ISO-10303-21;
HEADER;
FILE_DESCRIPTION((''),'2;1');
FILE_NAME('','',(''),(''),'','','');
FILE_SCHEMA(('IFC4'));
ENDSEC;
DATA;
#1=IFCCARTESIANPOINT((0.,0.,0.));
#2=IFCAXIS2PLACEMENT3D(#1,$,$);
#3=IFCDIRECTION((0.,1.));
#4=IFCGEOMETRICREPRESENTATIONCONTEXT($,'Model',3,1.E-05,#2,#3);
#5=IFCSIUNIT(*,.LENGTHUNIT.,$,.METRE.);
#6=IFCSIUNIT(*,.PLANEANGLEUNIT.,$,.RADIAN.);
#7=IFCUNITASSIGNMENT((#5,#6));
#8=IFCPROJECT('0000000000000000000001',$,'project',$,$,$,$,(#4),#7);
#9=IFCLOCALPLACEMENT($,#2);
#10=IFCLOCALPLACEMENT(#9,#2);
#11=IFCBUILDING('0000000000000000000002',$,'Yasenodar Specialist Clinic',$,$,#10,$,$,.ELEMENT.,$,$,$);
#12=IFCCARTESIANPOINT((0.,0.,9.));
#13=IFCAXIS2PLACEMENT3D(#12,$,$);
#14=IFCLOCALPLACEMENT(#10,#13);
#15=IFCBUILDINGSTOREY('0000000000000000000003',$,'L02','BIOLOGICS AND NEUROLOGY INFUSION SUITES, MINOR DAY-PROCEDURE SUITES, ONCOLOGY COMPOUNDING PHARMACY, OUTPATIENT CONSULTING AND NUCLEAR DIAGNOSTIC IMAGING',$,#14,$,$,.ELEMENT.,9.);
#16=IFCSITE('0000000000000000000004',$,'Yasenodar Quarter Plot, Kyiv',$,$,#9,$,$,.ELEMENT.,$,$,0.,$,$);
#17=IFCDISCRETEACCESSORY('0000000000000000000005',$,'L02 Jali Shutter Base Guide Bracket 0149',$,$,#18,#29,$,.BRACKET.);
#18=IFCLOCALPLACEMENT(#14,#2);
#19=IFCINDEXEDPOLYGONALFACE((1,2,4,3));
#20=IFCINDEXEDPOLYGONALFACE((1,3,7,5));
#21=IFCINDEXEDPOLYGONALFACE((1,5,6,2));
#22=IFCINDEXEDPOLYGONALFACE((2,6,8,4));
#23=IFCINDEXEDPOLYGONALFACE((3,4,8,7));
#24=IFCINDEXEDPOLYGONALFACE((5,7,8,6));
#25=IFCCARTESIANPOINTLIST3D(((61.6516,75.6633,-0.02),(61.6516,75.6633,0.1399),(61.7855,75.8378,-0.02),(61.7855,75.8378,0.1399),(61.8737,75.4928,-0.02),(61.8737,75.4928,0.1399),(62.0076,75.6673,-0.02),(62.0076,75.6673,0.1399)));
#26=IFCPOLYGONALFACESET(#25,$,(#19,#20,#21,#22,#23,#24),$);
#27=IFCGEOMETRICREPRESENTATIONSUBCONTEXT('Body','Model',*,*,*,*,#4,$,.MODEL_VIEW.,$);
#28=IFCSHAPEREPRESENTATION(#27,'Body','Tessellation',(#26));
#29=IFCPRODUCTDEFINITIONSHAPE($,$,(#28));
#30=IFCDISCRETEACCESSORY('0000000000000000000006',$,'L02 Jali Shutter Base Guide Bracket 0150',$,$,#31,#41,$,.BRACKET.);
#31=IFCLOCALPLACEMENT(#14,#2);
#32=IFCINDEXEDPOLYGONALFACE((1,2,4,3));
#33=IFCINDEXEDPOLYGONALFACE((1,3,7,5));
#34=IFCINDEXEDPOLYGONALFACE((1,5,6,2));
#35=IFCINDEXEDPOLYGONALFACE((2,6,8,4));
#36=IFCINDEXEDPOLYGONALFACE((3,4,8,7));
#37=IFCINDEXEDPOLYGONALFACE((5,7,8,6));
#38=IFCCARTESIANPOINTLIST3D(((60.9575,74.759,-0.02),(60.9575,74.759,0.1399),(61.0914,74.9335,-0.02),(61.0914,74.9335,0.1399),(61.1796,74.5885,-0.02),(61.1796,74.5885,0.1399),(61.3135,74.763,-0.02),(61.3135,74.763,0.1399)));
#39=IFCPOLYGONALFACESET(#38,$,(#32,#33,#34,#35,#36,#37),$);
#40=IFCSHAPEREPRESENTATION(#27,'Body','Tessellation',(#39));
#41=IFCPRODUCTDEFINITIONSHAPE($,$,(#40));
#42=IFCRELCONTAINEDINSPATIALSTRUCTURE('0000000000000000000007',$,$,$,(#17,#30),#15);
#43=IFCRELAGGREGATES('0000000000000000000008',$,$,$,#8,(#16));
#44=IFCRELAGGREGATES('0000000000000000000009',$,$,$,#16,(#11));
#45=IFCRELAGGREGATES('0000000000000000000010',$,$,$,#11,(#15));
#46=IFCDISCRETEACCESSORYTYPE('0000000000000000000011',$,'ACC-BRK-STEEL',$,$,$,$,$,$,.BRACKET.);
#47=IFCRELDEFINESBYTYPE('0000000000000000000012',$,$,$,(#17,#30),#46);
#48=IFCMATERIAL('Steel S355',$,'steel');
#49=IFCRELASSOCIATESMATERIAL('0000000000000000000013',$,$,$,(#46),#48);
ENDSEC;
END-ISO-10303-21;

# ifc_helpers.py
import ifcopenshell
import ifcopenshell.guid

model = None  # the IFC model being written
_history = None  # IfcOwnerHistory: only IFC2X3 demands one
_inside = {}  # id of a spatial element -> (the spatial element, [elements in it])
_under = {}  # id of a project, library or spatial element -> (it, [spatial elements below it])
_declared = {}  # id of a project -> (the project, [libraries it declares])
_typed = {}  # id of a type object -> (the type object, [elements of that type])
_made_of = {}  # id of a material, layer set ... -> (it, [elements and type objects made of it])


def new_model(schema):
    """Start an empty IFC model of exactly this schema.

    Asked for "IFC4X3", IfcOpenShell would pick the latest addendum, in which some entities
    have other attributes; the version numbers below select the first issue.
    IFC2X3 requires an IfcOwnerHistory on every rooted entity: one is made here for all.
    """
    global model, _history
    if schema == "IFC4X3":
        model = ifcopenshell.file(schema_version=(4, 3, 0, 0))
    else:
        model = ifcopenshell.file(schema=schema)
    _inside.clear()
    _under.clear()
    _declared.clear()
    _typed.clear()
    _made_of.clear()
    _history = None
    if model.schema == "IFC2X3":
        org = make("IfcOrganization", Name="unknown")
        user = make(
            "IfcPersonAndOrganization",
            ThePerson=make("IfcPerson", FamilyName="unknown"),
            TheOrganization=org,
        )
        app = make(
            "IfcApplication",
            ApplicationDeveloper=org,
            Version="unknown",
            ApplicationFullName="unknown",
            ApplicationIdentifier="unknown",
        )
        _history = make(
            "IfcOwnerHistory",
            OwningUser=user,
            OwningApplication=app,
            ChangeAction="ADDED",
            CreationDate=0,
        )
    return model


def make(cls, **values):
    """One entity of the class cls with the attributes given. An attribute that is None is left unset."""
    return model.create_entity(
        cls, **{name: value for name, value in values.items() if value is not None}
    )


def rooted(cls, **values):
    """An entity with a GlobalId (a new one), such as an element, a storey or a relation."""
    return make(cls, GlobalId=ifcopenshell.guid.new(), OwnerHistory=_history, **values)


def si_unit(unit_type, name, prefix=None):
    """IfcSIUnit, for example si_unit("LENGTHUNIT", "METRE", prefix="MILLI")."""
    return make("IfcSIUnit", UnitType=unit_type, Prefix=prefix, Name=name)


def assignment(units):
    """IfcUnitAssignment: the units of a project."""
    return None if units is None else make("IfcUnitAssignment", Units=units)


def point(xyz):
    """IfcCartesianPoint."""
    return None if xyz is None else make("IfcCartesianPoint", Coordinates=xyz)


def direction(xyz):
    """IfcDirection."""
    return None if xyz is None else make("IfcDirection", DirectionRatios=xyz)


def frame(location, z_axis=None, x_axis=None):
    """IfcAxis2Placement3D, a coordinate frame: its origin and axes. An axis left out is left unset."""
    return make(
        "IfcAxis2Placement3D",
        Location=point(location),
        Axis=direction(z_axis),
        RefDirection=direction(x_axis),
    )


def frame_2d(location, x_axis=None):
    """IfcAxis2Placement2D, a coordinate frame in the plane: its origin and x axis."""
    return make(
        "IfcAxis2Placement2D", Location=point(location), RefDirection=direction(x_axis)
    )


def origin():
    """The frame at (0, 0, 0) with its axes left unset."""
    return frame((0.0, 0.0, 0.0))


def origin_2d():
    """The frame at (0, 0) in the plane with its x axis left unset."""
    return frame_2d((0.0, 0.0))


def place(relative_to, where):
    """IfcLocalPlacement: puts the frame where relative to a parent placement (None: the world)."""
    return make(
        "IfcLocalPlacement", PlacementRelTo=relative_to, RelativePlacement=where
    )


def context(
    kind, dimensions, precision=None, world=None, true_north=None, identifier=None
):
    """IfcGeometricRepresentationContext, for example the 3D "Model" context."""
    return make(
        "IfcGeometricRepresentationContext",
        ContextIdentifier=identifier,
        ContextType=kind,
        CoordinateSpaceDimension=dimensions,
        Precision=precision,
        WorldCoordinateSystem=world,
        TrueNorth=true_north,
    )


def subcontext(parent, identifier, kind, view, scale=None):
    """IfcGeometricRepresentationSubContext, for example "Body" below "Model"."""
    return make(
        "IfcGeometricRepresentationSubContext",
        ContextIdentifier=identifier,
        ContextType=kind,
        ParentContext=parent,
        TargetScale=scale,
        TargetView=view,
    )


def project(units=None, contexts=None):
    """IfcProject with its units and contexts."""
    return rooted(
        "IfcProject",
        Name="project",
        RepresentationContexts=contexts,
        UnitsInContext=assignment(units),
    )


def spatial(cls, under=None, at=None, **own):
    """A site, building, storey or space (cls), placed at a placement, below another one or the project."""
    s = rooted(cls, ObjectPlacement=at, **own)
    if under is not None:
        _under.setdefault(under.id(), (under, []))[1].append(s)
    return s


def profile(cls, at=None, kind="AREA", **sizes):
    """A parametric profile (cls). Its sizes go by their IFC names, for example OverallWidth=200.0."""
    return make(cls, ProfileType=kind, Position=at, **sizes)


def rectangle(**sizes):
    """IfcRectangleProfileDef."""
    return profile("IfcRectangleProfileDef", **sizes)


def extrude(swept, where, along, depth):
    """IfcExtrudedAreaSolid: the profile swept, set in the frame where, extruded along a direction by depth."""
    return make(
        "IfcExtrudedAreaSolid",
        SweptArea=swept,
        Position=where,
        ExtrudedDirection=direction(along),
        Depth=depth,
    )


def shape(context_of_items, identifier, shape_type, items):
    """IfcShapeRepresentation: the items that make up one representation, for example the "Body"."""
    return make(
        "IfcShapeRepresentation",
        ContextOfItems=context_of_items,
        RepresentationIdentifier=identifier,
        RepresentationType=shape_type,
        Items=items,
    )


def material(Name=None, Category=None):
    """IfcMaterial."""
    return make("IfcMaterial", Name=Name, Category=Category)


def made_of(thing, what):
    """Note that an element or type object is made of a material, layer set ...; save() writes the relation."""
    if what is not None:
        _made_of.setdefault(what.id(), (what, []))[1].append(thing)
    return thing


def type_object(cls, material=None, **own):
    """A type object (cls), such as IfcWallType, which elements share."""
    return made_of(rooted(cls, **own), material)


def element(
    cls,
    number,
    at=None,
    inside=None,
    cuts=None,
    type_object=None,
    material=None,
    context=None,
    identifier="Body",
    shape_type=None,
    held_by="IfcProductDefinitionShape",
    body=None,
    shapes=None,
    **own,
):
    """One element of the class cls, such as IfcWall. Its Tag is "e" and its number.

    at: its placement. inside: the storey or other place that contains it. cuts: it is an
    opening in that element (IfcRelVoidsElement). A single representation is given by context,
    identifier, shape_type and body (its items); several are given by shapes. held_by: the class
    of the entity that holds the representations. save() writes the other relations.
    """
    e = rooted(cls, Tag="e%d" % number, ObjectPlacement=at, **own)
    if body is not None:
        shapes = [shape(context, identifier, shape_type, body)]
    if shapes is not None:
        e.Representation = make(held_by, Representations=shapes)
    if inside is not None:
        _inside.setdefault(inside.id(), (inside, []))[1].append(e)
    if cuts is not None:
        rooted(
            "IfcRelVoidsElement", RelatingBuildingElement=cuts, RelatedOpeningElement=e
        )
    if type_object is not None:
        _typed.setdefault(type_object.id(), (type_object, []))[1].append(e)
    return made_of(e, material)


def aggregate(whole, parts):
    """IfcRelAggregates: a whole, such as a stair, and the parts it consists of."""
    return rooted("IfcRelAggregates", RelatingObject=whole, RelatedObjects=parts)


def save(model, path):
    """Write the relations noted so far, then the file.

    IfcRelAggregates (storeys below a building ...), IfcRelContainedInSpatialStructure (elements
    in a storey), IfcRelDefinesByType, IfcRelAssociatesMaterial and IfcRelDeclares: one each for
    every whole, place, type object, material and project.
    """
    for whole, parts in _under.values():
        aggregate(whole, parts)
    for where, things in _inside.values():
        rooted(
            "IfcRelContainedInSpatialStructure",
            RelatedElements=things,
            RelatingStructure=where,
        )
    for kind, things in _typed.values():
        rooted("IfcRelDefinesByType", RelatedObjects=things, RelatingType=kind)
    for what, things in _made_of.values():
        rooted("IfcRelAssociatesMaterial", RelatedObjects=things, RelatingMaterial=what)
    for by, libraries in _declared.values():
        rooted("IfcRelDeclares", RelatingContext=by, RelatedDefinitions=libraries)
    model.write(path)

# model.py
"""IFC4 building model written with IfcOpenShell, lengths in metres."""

from ifc_helpers import new_model, si_unit, direction, frame, origin, origin_2d, place, context, subcontext, project, spatial, rectangle, extrude, material, type_object, element, save


model = new_model("IFC4")

# Units and contexts
model_context = context("Model", 3, precision=1e-05, world=origin(), true_north=direction((0.0, 1.0)))
body_context = subcontext(model_context, "Body", "Model", "MODEL_VIEW")
ifc_project = project(units=[si_unit("LENGTHUNIT", "METRE"), si_unit("PLANEANGLEUNIT", "RADIAN")], contexts=[model_context])

# Site, building, storey
site_placement = place(None, origin())
site = spatial("IfcSite", under=ifc_project, at=site_placement, Name="Yasenodar Quarter Plot, Kyiv", CompositionType="ELEMENT", RefElevation=0.0)
building_placement = place(site_placement, origin())
building = spatial("IfcBuilding", under=site, at=building_placement, Name="Yasenodar Specialist Clinic", CompositionType="ELEMENT")
storey_placement = place(building_placement, frame((0.0, 0.0, 9.0)))
storey = spatial("IfcBuildingStorey", under=building, at=storey_placement, Name="L02", Description="BIOLOGICS AND NEUROLOGY INFUSION SUITES, MINOR DAY-PROCEDURE SUITES, ONCOLOGY COMPOUNDING PHARMACY, OUTPATIENT CONSULTING AND NUCLEAR DIAGNOSTIC IMAGING", CompositionType="ELEMENT", Elevation=9.0)

# Shared definitions
ifc_material_1 = material(Name="Steel S355", Category="steel")

# Discrete accessories
discrete_accessory_type = type_object("IfcDiscreteAccessoryType", Name="ACC-BRK-STEEL", PredefinedType="BRACKET", material=ifc_material_1)
for number, where, z_axis, x_axis, name in (
    (1, (61.8296, 75.6653, -0.02), (0.0, 0.0, 1.0), (-0.608764, -0.793351, 0.0), "L02 Jali Shutter Base Guide Bracket 0149"),
    (2, (61.1355, 74.761, -0.02), (0.0, 0.0, 1.0), (-0.608764, -0.793351, 0.0), "L02 Jali Shutter Base Guide Bracket 0150"),
):
    element("IfcDiscreteAccessory", number, at=place(storey_placement, frame(where, z_axis=z_axis, x_axis=x_axis)), inside=storey, type_object=discrete_accessory_type, Name=name, PredefinedType="BRACKET", context=body_context, shape_type="SweptSolid", body=[
        extrude(rectangle(XDim=0.22, YDim=0.28, at=origin_2d()), origin(), (0.0, 0.0, 1.0), 0.1599),
    ])

save(model, "model.ifc")
